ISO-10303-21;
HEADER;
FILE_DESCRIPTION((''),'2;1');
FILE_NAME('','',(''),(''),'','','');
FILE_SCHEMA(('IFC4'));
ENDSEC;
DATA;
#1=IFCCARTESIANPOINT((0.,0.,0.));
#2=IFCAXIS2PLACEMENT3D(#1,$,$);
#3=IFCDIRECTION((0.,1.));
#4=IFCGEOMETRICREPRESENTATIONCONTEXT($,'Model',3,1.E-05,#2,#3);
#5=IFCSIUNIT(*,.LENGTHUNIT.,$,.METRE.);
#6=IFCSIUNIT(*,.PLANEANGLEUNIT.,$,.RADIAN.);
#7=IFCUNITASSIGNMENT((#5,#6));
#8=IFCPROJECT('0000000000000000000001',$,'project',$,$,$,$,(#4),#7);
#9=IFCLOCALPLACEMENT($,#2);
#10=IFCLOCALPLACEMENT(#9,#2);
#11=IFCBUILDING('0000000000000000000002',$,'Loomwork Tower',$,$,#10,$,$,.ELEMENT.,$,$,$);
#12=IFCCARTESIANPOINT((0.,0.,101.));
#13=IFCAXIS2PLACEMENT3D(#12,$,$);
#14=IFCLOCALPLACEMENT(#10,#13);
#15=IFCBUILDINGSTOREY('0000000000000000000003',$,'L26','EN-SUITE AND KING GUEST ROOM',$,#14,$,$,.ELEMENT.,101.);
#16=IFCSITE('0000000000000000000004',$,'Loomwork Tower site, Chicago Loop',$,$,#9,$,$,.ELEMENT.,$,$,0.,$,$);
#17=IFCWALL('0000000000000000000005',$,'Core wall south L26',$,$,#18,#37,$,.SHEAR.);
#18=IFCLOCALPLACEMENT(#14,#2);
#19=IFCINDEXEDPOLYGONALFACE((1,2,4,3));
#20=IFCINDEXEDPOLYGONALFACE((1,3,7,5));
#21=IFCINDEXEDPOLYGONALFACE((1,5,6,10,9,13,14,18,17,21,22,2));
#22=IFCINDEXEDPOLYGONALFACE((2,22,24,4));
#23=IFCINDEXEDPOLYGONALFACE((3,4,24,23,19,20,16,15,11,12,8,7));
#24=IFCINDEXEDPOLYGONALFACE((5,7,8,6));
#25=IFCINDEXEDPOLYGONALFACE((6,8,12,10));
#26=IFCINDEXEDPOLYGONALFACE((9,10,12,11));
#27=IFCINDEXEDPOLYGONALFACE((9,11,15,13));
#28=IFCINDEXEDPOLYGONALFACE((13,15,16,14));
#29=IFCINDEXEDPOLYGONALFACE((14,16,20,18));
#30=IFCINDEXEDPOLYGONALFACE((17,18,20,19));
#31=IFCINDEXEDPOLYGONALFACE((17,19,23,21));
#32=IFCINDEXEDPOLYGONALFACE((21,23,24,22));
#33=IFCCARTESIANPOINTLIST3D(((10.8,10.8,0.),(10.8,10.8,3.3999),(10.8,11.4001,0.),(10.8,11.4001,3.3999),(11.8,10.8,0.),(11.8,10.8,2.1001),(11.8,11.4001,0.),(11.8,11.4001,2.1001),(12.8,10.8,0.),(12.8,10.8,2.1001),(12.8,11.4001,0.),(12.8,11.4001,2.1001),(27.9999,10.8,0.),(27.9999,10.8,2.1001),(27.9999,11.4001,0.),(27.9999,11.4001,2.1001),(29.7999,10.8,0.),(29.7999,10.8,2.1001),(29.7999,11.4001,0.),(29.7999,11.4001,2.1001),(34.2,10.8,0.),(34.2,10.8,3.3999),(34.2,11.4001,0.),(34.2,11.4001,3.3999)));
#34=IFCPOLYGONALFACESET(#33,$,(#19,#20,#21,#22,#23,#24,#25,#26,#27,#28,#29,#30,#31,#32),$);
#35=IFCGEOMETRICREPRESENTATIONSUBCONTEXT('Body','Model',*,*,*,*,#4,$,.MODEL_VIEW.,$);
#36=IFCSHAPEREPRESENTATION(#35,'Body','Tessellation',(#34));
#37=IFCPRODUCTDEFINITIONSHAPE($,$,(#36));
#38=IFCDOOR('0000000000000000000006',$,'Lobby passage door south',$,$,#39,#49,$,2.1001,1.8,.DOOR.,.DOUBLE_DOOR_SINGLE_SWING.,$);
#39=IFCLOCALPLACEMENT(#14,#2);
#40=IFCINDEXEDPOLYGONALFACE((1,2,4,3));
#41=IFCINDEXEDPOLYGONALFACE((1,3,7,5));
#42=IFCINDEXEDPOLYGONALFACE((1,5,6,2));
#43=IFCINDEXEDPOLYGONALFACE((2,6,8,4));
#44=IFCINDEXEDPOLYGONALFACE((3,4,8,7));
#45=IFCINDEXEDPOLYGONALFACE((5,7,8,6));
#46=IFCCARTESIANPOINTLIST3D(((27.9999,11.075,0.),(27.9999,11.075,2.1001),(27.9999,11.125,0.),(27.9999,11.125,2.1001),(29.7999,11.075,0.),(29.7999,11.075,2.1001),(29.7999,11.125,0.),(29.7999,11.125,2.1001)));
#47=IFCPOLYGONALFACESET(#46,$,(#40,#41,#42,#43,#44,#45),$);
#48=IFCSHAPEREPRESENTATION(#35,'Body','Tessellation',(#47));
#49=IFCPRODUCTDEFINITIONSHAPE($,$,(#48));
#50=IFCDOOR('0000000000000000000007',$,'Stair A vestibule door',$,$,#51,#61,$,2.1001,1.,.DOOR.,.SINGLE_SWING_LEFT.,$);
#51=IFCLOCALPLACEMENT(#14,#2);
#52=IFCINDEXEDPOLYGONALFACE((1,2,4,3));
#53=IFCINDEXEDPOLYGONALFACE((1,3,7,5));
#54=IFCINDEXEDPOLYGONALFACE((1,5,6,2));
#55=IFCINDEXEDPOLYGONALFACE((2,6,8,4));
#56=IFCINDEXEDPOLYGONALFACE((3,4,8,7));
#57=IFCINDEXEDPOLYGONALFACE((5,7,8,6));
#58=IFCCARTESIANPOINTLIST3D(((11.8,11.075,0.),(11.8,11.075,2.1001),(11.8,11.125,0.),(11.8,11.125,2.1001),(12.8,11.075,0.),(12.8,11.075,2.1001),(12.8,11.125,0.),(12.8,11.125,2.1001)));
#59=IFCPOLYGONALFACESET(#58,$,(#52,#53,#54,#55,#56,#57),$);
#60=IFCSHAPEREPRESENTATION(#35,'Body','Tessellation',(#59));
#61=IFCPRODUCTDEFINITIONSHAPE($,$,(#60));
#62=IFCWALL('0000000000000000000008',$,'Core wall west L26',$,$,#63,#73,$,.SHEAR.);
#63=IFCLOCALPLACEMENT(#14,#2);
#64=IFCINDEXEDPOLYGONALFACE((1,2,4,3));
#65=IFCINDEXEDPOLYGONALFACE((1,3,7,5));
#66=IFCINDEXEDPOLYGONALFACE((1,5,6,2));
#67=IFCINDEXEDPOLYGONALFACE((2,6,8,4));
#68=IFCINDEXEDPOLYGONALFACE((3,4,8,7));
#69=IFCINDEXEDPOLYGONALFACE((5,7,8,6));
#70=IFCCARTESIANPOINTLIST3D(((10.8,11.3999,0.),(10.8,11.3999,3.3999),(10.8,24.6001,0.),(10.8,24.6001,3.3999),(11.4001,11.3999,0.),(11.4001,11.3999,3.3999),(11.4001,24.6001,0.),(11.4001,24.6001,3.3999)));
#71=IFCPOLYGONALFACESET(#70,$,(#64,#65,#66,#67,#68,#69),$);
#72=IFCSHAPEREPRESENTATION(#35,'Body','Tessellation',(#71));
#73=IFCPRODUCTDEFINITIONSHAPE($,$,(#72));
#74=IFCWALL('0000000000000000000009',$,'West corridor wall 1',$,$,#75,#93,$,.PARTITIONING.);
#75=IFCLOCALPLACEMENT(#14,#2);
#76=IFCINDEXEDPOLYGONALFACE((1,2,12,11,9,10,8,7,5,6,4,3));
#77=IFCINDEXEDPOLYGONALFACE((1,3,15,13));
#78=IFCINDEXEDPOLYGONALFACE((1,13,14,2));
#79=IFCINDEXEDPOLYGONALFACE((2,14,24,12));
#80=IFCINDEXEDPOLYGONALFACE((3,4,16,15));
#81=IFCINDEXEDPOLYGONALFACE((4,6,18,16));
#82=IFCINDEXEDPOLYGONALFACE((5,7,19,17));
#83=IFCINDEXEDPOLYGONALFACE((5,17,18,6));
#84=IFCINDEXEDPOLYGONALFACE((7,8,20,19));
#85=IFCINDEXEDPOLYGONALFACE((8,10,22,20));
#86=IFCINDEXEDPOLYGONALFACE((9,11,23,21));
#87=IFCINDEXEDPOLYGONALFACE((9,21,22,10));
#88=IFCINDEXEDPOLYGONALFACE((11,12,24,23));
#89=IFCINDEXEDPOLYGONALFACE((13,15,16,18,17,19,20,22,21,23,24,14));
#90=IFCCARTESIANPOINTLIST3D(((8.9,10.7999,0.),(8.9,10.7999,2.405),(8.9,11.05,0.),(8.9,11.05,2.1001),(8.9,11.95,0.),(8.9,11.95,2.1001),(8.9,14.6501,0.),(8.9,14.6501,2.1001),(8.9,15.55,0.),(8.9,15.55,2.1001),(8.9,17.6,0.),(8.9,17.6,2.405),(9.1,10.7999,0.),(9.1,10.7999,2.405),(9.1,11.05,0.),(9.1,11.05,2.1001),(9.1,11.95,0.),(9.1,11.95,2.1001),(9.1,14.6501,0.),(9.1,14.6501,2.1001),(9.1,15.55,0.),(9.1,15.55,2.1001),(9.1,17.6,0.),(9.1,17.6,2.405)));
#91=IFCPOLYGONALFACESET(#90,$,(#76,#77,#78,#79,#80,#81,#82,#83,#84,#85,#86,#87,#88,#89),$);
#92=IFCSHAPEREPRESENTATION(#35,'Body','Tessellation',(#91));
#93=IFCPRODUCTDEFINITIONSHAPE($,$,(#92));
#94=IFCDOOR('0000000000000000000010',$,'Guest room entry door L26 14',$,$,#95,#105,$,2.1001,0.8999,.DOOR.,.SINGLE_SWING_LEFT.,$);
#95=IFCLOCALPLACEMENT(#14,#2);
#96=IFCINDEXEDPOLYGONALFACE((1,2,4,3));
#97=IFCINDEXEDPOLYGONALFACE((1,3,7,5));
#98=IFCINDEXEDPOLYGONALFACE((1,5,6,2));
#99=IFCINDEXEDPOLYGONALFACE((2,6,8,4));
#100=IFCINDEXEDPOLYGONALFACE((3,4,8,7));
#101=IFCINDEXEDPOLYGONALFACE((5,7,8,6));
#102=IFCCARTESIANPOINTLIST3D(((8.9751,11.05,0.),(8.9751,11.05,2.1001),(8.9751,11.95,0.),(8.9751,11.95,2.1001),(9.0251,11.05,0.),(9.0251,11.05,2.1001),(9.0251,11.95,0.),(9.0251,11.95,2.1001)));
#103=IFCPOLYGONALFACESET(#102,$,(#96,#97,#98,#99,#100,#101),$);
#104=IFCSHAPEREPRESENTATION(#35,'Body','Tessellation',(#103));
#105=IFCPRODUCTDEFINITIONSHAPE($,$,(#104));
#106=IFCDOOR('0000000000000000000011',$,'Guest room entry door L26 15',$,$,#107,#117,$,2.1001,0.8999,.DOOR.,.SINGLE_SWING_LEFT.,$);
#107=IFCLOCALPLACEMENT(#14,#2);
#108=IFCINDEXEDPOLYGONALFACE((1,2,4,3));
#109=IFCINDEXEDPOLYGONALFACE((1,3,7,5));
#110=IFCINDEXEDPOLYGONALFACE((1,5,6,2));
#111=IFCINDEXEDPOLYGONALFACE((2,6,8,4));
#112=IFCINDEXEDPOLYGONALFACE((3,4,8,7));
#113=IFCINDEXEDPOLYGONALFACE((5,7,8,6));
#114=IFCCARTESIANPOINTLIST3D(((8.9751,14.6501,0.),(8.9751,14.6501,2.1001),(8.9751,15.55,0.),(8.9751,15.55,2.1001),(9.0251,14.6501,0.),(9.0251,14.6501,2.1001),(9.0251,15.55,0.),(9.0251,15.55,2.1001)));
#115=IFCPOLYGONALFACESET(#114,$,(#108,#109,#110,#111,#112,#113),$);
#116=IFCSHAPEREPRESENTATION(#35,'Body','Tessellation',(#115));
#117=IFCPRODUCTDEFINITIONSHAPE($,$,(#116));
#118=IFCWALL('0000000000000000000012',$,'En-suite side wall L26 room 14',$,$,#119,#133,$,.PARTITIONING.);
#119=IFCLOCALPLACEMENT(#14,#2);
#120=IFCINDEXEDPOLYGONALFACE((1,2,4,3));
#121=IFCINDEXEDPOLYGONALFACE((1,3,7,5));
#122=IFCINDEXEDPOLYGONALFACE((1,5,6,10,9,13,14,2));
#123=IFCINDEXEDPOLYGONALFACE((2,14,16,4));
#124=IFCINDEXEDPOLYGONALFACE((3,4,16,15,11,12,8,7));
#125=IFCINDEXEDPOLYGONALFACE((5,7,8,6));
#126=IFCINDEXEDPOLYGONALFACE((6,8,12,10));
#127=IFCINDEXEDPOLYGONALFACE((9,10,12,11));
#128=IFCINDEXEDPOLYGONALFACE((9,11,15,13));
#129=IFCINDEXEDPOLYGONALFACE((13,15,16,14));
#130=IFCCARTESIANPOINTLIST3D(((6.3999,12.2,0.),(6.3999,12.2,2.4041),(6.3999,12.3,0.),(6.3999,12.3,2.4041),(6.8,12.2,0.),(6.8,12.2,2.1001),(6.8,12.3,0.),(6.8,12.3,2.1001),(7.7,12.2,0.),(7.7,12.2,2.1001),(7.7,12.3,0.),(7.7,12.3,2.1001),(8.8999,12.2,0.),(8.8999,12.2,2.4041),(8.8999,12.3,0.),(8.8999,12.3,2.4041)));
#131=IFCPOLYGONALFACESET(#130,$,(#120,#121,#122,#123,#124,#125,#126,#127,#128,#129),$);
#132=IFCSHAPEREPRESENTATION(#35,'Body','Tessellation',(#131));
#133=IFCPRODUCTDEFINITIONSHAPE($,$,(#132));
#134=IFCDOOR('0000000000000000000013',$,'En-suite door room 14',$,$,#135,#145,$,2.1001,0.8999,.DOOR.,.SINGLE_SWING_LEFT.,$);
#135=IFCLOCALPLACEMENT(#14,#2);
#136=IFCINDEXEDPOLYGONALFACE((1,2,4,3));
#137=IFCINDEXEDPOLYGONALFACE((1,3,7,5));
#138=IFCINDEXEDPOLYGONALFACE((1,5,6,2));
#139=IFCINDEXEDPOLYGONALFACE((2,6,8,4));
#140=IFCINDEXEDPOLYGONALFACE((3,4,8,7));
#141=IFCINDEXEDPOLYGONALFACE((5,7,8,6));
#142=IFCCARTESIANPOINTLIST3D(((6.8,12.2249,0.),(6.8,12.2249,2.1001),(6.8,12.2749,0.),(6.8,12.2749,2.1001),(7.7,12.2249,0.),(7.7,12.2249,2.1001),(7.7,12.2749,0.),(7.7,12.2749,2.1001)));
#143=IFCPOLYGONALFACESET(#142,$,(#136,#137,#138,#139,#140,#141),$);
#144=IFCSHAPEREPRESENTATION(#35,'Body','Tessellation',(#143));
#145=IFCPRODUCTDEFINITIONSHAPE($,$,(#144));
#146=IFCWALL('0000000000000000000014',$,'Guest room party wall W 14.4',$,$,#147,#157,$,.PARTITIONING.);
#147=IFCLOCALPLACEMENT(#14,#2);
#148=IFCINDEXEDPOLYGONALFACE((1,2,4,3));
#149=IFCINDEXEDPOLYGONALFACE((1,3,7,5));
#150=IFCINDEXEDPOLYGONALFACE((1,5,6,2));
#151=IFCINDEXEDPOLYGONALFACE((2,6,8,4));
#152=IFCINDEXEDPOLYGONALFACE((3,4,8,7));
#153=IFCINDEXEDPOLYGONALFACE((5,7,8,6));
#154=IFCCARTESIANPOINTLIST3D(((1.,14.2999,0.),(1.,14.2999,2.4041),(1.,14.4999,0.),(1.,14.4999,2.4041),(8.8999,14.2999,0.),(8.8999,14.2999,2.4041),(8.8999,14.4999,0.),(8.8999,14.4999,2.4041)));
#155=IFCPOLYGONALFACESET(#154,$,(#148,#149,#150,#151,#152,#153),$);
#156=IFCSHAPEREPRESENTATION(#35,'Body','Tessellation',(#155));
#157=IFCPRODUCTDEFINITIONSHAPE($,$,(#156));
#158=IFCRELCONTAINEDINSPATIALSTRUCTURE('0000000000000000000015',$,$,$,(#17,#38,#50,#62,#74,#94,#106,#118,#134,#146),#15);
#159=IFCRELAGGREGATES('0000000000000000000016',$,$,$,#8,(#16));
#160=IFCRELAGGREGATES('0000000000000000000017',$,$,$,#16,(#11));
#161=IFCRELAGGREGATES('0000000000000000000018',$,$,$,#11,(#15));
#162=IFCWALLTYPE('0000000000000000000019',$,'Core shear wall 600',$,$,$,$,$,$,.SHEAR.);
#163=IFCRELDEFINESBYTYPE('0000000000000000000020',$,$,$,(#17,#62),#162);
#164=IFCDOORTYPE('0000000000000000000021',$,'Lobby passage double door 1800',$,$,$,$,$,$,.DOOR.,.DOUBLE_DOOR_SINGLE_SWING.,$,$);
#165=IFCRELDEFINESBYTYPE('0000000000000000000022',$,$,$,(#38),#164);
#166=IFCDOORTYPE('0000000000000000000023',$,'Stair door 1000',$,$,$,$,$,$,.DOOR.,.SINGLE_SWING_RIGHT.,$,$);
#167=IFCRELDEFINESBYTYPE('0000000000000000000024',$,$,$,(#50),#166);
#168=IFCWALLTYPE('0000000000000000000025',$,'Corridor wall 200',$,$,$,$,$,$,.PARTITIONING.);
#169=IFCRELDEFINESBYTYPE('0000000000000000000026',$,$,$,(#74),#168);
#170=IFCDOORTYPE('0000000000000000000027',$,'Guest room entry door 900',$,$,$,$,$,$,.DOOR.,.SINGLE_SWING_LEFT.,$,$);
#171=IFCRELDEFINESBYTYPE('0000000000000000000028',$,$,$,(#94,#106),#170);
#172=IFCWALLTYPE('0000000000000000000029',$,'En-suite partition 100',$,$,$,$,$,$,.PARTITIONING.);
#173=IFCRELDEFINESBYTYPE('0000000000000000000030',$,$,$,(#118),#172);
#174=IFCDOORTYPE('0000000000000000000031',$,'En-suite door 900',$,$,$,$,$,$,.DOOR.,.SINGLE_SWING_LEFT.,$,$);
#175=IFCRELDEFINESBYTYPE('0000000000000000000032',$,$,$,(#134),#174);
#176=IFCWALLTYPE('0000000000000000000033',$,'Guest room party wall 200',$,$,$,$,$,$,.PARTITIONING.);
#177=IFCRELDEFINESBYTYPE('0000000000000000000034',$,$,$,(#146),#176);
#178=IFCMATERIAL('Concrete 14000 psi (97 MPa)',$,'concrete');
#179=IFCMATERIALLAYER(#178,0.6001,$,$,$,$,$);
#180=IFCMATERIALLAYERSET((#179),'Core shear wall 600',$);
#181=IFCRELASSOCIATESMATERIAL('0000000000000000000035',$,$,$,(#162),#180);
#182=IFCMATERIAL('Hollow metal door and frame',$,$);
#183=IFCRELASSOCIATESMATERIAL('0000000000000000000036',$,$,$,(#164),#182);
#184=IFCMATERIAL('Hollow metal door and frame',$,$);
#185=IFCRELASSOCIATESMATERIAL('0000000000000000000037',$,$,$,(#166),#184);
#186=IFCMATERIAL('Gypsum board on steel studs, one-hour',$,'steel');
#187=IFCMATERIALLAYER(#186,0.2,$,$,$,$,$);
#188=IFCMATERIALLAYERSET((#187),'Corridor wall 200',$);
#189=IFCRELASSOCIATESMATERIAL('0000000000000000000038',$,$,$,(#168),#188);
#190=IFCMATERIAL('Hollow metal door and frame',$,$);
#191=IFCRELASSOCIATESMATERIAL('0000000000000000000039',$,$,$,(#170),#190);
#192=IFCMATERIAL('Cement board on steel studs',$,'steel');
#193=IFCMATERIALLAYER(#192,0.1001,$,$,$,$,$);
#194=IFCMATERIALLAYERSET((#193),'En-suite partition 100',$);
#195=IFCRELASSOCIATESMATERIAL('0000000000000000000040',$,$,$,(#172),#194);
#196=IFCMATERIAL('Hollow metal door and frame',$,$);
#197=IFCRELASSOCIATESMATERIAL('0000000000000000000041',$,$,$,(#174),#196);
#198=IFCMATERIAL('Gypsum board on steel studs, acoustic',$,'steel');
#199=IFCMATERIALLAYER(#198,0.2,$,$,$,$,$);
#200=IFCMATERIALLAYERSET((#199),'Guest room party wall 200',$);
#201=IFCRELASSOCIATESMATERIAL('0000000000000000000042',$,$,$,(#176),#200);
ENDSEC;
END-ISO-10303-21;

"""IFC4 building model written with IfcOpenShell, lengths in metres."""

from ifc_helpers import new_model, si_unit, direction, frame, frame_2d, origin, place, context, subcontext, project, spatial, rectangle, extrude, material, layer, layer_set, type_object, element, fill, save


model = new_model("IFC4")

# Units and contexts
model_context = context("Model", 3, precision=1e-05, world=origin(), true_north=direction((0.0, 1.0)))
body_context = subcontext(model_context, "Body", "Model", "MODEL_VIEW")
ifc_project = project(units=[si_unit("LENGTHUNIT", "METRE"), si_unit("PLANEANGLEUNIT", "RADIAN")], contexts=[model_context])

# Site, building, storey
site_placement = place(None, origin())
site = spatial("IfcSite", under=ifc_project, at=site_placement, Name="Loomwork Tower site, Chicago Loop", CompositionType="ELEMENT", RefElevation=0.0)
building_placement = place(site_placement, origin())
building = spatial("IfcBuilding", under=site, at=building_placement, Name="Loomwork Tower", CompositionType="ELEMENT")
storey_placement = place(building_placement, frame((0.0, 0.0, 101.0)))
storey = spatial("IfcBuildingStorey", under=building, at=storey_placement, Name="L26", Description="EN-SUITE AND KING GUEST ROOM", CompositionType="ELEMENT", Elevation=101.0)

# Wall, openings, doors
ifc_material_1 = material(Name="Concrete 14000 psi (97 MPa)", Category="concrete")
ifc_layer_1 = layer(ifc_material_1, 0.6001)
ifc_layer_set_1 = layer_set([ifc_layer_1], Name="Core shear wall 600")
wall_type_1 = type_object("IfcWallType", Name="Core shear wall 600", PredefinedType="SHEAR", material=ifc_layer_set_1)
wall_1_placement = place(storey_placement, frame((10.8, 11.1001, 0.0), z_axis=(0.0, 0.0, 1.0), x_axis=(1.0, 0.0, 0.0)))
wall_1 = element("IfcWall", 1, at=wall_1_placement, inside=storey, type_object=wall_type_1, Name="Core wall south L26", PredefinedType="SHEAR", context=body_context, shape_type="SweptSolid", body=[
    extrude(rectangle(XDim=23.3999, YDim=0.6001, at=frame_2d((11.7, 0.0))), origin(), (0.0, 0.0, 1.0), 3.3999),
])
opening_1_placement = place(wall_1_placement, frame((1.0, 0.0, 0.0)))
opening_1 = element("IfcOpeningElement", 2, at=opening_1_placement, cuts=wall_1, PredefinedType="OPENING", context=body_context, shape_type="SweptSolid", body=[
    extrude(rectangle(XDim=1.0, YDim=2.1001, at=frame_2d((0.5, 1.05))), frame((0.0, 0.3101, 0.0), z_axis=(0.0, -1.0, 0.0), x_axis=(1.0, 0.0, 0.0)), (0.0, 0.0, 1.0), 0.6201),
])
opening_2_placement = place(wall_1_placement, frame((17.2, 0.0, 0.0)))
opening_2 = element("IfcOpeningElement", 3, at=opening_2_placement, cuts=wall_1, PredefinedType="OPENING", context=body_context, shape_type="SweptSolid", body=[
    extrude(rectangle(XDim=1.8, YDim=2.1001, at=frame_2d((0.8999, 1.05))), frame((0.0, 0.3101, 0.0), z_axis=(0.0, -1.0, 0.0), x_axis=(1.0, 0.0, 0.0)), (0.0, 0.0, 1.0), 0.6201),
])
ifc_material_2 = material(Name="Hollow metal door and frame")
door_type_1 = type_object("IfcDoorType", Name="Lobby passage double door 1800", OperationType="DOUBLE_DOOR_SINGLE_SWING", PredefinedType="DOOR", material=ifc_material_2)
door_1_placement = place(opening_2_placement, origin())
door_1 = element("IfcDoor", 4, at=door_1_placement, inside=storey, type_object=door_type_1, Name="Lobby passage door south", OperationType="DOUBLE_DOOR_SINGLE_SWING", OverallHeight=2.1001, OverallWidth=1.8, PredefinedType="DOOR", context=body_context, shape_type="SweptSolid", body=[
    extrude(rectangle(XDim=1.8, YDim=2.1001, at=frame_2d((0.8999, 1.05))), frame((0.0, 0.0249, 0.0), z_axis=(0.0, -1.0, 0.0), x_axis=(1.0, 0.0, 0.0)), (0.0, 0.0, 1.0), 0.05),
])
fill(opening_2, door_1)
ifc_material_3 = material(Name="Hollow metal door and frame")
door_type_2 = type_object("IfcDoorType", Name="Stair door 1000", OperationType="SINGLE_SWING_RIGHT", PredefinedType="DOOR", material=ifc_material_3)
door_2_placement = place(opening_1_placement, origin())
door_2 = element("IfcDoor", 5, at=door_2_placement, inside=storey, type_object=door_type_2, Name="Stair A vestibule door", OperationType="SINGLE_SWING_LEFT", OverallHeight=2.1001, OverallWidth=1.0, PredefinedType="DOOR", context=body_context, shape_type="SweptSolid", body=[
    extrude(rectangle(XDim=1.0, YDim=2.1001, at=frame_2d((0.5, 1.05))), frame((0.0, 0.0249, 0.0), z_axis=(0.0, -1.0, 0.0), x_axis=(1.0, 0.0, 0.0)), (0.0, 0.0, 1.0), 0.05),
])
fill(opening_1, door_2)

# Wall
wall_2_placement = place(storey_placement, frame((11.1001, 11.3999, 0.0), z_axis=(0.0, 0.0, 1.0), x_axis=(0.0, 1.0, 0.0)))
element("IfcWall", 6, at=wall_2_placement, inside=storey, type_object=wall_type_1, Name="Core wall west L26", PredefinedType="SHEAR", context=body_context, shape_type="SweptSolid", body=[
    extrude(rectangle(XDim=13.2002, YDim=0.6001, at=frame_2d((6.6001, 0.0))), origin(), (0.0, 0.0, 1.0), 3.3999),
])

# Wall, openings, doors
ifc_material_4 = material(Name="Gypsum board on steel studs, one-hour", Category="steel")
ifc_layer_2 = layer(ifc_material_4, 0.2)
ifc_layer_set_2 = layer_set([ifc_layer_2], Name="Corridor wall 200")
wall_type_2 = type_object("IfcWallType", Name="Corridor wall 200", PredefinedType="PARTITIONING", material=ifc_layer_set_2)
wall_3_placement = place(storey_placement, frame((9.0, 10.8, 0.0), z_axis=(0.0, 0.0, 1.0), x_axis=(0.0, 1.0, 0.0)))
wall_3 = element("IfcWall", 7, at=wall_3_placement, inside=storey, type_object=wall_type_2, Name="West corridor wall 1", PredefinedType="PARTITIONING", context=body_context, shape_type="SweptSolid", body=[
    extrude(rectangle(XDim=6.8, YDim=0.2, at=frame_2d((3.3999, 0.0))), origin(), (0.0, 0.0, 1.0), 2.405),
])
opening_3_placement = place(wall_3_placement, frame((0.25, 0.0, 0.0)))
opening_3 = element("IfcOpeningElement", 8, at=opening_3_placement, cuts=wall_3, PredefinedType="OPENING", context=body_context, shape_type="SweptSolid", body=[
    extrude(rectangle(XDim=0.8999, YDim=2.1001, at=frame_2d((0.45, 1.05))), frame((0.0, 0.1099, 0.0), z_axis=(0.0, -1.0, 0.0), x_axis=(1.0, 0.0, 0.0)), (0.0, 0.0, 1.0), 0.22),
])
opening_4_placement = place(wall_3_placement, frame((3.8501, 0.0, 0.0)))
opening_4 = element("IfcOpeningElement", 9, at=opening_4_placement, cuts=wall_3, PredefinedType="OPENING", context=body_context, shape_type="SweptSolid", body=[
    extrude(rectangle(XDim=0.8999, YDim=2.1001, at=frame_2d((0.45, 1.05))), frame((0.0, 0.1099, 0.0), z_axis=(0.0, -1.0, 0.0), x_axis=(1.0, 0.0, 0.0)), (0.0, 0.0, 1.0), 0.22),
])
ifc_material_5 = material(Name="Hollow metal door and frame")
door_type_3 = type_object("IfcDoorType", Name="Guest room entry door 900", OperationType="SINGLE_SWING_LEFT", PredefinedType="DOOR", material=ifc_material_5)
door_3_placement = place(opening_3_placement, origin())
door_3 = element("IfcDoor", 10, at=door_3_placement, inside=storey, type_object=door_type_3, Name="Guest room entry door L26 14", OperationType="SINGLE_SWING_LEFT", OverallHeight=2.1001, OverallWidth=0.8999, PredefinedType="DOOR", context=body_context, shape_type="SweptSolid", body=[
    extrude(rectangle(XDim=0.8999, YDim=2.1001, at=frame_2d((0.45, 1.05))), frame((0.0, 0.0249, 0.0), z_axis=(0.0, -1.0, 0.0), x_axis=(1.0, 0.0, 0.0)), (0.0, 0.0, 1.0), 0.05),
])
fill(opening_3, door_3)
door_4_placement = place(opening_4_placement, origin())
door_4 = element("IfcDoor", 11, at=door_4_placement, inside=storey, type_object=door_type_3, Name="Guest room entry door L26 15", OperationType="SINGLE_SWING_LEFT", OverallHeight=2.1001, OverallWidth=0.8999, PredefinedType="DOOR", context=body_context, shape_type="SweptSolid", body=[
    extrude(rectangle(XDim=0.8999, YDim=2.1001, at=frame_2d((0.45, 1.05))), frame((0.0, 0.0249, 0.0), z_axis=(0.0, -1.0, 0.0), x_axis=(1.0, 0.0, 0.0)), (0.0, 0.0, 1.0), 0.05),
])
fill(opening_4, door_4)

# Wall, opening, door
ifc_material_6 = material(Name="Cement board on steel studs", Category="steel")
ifc_layer_3 = layer(ifc_material_6, 0.1001)
ifc_layer_set_3 = layer_set([ifc_layer_3], Name="En-suite partition 100")
wall_type_3 = type_object("IfcWallType", Name="En-suite partition 100", PredefinedType="PARTITIONING", material=ifc_layer_set_3)
wall_4_placement = place(storey_placement, frame((8.8999, 12.25, 0.0), z_axis=(0.0, 0.0, 1.0), x_axis=(-1.0, 0.0, 0.0)))
wall_4 = element("IfcWall", 12, at=wall_4_placement, inside=storey, type_object=wall_type_3, Name="En-suite side wall L26 room 14", PredefinedType="PARTITIONING", context=body_context, shape_type="SweptSolid", body=[
    extrude(rectangle(XDim=2.5, YDim=0.1001, at=frame_2d((1.25, 0.0))), origin(), (0.0, 0.0, 1.0), 2.4041),
])
opening_5_placement = place(wall_4_placement, frame((1.2, 0.0, 0.0)))
opening_5 = element("IfcOpeningElement", 13, at=opening_5_placement, cuts=wall_4, PredefinedType="OPENING", context=body_context, shape_type="SweptSolid", body=[
    extrude(rectangle(XDim=0.8999, YDim=2.1001, at=frame_2d((0.45, 1.05))), frame((0.0, 0.0601, 0.0), z_axis=(0.0, -1.0, 0.0), x_axis=(1.0, 0.0, 0.0)), (0.0, 0.0, 1.0), 0.1201),
])
ifc_material_7 = material(Name="Hollow metal door and frame")
door_type_4 = type_object("IfcDoorType", Name="En-suite door 900", OperationType="SINGLE_SWING_LEFT", PredefinedType="DOOR", material=ifc_material_7)
door_5_placement = place(opening_5_placement, frame((0.8999, 0.0, 0.0), z_axis=(0.0, 0.0, 1.0), x_axis=(-1.0, 0.0, 0.0)))
door_5 = element("IfcDoor", 14, at=door_5_placement, inside=storey, type_object=door_type_4, Name="En-suite door room 14", OperationType="SINGLE_SWING_LEFT", OverallHeight=2.1001, OverallWidth=0.8999, PredefinedType="DOOR", context=body_context, shape_type="SweptSolid", body=[
    extrude(rectangle(XDim=0.8999, YDim=2.1001, at=frame_2d((0.45, 1.05))), frame((0.0, 0.0249, 0.0), z_axis=(0.0, -1.0, 0.0), x_axis=(1.0, 0.0, 0.0)), (0.0, 0.0, 1.0), 0.05),
])
fill(opening_5, door_5)

# Wall
ifc_material_8 = material(Name="Gypsum board on steel studs, acoustic", Category="steel")
ifc_layer_4 = layer(ifc_material_8, 0.2)
ifc_layer_set_4 = layer_set([ifc_layer_4], Name="Guest room party wall 200")
wall_type_4 = type_object("IfcWallType", Name="Guest room party wall 200", PredefinedType="PARTITIONING", material=ifc_layer_set_4)
wall_5_placement = place(storey_placement, frame((8.8999, 14.3999, 0.0), z_axis=(0.0, 0.0, 1.0), x_axis=(-1.0, 0.0, 0.0)))
element("IfcWall", 15, at=wall_5_placement, inside=storey, type_object=wall_type_4, Name="Guest room party wall W 14.4", PredefinedType="PARTITIONING", context=body_context, shape_type="SweptSolid", body=[
    extrude(rectangle(XDim=7.8999, YDim=0.2, at=frame_2d((3.95, 0.0))), origin(), (0.0, 0.0, 1.0), 2.4041),
])

save(model, "model.ifc")
